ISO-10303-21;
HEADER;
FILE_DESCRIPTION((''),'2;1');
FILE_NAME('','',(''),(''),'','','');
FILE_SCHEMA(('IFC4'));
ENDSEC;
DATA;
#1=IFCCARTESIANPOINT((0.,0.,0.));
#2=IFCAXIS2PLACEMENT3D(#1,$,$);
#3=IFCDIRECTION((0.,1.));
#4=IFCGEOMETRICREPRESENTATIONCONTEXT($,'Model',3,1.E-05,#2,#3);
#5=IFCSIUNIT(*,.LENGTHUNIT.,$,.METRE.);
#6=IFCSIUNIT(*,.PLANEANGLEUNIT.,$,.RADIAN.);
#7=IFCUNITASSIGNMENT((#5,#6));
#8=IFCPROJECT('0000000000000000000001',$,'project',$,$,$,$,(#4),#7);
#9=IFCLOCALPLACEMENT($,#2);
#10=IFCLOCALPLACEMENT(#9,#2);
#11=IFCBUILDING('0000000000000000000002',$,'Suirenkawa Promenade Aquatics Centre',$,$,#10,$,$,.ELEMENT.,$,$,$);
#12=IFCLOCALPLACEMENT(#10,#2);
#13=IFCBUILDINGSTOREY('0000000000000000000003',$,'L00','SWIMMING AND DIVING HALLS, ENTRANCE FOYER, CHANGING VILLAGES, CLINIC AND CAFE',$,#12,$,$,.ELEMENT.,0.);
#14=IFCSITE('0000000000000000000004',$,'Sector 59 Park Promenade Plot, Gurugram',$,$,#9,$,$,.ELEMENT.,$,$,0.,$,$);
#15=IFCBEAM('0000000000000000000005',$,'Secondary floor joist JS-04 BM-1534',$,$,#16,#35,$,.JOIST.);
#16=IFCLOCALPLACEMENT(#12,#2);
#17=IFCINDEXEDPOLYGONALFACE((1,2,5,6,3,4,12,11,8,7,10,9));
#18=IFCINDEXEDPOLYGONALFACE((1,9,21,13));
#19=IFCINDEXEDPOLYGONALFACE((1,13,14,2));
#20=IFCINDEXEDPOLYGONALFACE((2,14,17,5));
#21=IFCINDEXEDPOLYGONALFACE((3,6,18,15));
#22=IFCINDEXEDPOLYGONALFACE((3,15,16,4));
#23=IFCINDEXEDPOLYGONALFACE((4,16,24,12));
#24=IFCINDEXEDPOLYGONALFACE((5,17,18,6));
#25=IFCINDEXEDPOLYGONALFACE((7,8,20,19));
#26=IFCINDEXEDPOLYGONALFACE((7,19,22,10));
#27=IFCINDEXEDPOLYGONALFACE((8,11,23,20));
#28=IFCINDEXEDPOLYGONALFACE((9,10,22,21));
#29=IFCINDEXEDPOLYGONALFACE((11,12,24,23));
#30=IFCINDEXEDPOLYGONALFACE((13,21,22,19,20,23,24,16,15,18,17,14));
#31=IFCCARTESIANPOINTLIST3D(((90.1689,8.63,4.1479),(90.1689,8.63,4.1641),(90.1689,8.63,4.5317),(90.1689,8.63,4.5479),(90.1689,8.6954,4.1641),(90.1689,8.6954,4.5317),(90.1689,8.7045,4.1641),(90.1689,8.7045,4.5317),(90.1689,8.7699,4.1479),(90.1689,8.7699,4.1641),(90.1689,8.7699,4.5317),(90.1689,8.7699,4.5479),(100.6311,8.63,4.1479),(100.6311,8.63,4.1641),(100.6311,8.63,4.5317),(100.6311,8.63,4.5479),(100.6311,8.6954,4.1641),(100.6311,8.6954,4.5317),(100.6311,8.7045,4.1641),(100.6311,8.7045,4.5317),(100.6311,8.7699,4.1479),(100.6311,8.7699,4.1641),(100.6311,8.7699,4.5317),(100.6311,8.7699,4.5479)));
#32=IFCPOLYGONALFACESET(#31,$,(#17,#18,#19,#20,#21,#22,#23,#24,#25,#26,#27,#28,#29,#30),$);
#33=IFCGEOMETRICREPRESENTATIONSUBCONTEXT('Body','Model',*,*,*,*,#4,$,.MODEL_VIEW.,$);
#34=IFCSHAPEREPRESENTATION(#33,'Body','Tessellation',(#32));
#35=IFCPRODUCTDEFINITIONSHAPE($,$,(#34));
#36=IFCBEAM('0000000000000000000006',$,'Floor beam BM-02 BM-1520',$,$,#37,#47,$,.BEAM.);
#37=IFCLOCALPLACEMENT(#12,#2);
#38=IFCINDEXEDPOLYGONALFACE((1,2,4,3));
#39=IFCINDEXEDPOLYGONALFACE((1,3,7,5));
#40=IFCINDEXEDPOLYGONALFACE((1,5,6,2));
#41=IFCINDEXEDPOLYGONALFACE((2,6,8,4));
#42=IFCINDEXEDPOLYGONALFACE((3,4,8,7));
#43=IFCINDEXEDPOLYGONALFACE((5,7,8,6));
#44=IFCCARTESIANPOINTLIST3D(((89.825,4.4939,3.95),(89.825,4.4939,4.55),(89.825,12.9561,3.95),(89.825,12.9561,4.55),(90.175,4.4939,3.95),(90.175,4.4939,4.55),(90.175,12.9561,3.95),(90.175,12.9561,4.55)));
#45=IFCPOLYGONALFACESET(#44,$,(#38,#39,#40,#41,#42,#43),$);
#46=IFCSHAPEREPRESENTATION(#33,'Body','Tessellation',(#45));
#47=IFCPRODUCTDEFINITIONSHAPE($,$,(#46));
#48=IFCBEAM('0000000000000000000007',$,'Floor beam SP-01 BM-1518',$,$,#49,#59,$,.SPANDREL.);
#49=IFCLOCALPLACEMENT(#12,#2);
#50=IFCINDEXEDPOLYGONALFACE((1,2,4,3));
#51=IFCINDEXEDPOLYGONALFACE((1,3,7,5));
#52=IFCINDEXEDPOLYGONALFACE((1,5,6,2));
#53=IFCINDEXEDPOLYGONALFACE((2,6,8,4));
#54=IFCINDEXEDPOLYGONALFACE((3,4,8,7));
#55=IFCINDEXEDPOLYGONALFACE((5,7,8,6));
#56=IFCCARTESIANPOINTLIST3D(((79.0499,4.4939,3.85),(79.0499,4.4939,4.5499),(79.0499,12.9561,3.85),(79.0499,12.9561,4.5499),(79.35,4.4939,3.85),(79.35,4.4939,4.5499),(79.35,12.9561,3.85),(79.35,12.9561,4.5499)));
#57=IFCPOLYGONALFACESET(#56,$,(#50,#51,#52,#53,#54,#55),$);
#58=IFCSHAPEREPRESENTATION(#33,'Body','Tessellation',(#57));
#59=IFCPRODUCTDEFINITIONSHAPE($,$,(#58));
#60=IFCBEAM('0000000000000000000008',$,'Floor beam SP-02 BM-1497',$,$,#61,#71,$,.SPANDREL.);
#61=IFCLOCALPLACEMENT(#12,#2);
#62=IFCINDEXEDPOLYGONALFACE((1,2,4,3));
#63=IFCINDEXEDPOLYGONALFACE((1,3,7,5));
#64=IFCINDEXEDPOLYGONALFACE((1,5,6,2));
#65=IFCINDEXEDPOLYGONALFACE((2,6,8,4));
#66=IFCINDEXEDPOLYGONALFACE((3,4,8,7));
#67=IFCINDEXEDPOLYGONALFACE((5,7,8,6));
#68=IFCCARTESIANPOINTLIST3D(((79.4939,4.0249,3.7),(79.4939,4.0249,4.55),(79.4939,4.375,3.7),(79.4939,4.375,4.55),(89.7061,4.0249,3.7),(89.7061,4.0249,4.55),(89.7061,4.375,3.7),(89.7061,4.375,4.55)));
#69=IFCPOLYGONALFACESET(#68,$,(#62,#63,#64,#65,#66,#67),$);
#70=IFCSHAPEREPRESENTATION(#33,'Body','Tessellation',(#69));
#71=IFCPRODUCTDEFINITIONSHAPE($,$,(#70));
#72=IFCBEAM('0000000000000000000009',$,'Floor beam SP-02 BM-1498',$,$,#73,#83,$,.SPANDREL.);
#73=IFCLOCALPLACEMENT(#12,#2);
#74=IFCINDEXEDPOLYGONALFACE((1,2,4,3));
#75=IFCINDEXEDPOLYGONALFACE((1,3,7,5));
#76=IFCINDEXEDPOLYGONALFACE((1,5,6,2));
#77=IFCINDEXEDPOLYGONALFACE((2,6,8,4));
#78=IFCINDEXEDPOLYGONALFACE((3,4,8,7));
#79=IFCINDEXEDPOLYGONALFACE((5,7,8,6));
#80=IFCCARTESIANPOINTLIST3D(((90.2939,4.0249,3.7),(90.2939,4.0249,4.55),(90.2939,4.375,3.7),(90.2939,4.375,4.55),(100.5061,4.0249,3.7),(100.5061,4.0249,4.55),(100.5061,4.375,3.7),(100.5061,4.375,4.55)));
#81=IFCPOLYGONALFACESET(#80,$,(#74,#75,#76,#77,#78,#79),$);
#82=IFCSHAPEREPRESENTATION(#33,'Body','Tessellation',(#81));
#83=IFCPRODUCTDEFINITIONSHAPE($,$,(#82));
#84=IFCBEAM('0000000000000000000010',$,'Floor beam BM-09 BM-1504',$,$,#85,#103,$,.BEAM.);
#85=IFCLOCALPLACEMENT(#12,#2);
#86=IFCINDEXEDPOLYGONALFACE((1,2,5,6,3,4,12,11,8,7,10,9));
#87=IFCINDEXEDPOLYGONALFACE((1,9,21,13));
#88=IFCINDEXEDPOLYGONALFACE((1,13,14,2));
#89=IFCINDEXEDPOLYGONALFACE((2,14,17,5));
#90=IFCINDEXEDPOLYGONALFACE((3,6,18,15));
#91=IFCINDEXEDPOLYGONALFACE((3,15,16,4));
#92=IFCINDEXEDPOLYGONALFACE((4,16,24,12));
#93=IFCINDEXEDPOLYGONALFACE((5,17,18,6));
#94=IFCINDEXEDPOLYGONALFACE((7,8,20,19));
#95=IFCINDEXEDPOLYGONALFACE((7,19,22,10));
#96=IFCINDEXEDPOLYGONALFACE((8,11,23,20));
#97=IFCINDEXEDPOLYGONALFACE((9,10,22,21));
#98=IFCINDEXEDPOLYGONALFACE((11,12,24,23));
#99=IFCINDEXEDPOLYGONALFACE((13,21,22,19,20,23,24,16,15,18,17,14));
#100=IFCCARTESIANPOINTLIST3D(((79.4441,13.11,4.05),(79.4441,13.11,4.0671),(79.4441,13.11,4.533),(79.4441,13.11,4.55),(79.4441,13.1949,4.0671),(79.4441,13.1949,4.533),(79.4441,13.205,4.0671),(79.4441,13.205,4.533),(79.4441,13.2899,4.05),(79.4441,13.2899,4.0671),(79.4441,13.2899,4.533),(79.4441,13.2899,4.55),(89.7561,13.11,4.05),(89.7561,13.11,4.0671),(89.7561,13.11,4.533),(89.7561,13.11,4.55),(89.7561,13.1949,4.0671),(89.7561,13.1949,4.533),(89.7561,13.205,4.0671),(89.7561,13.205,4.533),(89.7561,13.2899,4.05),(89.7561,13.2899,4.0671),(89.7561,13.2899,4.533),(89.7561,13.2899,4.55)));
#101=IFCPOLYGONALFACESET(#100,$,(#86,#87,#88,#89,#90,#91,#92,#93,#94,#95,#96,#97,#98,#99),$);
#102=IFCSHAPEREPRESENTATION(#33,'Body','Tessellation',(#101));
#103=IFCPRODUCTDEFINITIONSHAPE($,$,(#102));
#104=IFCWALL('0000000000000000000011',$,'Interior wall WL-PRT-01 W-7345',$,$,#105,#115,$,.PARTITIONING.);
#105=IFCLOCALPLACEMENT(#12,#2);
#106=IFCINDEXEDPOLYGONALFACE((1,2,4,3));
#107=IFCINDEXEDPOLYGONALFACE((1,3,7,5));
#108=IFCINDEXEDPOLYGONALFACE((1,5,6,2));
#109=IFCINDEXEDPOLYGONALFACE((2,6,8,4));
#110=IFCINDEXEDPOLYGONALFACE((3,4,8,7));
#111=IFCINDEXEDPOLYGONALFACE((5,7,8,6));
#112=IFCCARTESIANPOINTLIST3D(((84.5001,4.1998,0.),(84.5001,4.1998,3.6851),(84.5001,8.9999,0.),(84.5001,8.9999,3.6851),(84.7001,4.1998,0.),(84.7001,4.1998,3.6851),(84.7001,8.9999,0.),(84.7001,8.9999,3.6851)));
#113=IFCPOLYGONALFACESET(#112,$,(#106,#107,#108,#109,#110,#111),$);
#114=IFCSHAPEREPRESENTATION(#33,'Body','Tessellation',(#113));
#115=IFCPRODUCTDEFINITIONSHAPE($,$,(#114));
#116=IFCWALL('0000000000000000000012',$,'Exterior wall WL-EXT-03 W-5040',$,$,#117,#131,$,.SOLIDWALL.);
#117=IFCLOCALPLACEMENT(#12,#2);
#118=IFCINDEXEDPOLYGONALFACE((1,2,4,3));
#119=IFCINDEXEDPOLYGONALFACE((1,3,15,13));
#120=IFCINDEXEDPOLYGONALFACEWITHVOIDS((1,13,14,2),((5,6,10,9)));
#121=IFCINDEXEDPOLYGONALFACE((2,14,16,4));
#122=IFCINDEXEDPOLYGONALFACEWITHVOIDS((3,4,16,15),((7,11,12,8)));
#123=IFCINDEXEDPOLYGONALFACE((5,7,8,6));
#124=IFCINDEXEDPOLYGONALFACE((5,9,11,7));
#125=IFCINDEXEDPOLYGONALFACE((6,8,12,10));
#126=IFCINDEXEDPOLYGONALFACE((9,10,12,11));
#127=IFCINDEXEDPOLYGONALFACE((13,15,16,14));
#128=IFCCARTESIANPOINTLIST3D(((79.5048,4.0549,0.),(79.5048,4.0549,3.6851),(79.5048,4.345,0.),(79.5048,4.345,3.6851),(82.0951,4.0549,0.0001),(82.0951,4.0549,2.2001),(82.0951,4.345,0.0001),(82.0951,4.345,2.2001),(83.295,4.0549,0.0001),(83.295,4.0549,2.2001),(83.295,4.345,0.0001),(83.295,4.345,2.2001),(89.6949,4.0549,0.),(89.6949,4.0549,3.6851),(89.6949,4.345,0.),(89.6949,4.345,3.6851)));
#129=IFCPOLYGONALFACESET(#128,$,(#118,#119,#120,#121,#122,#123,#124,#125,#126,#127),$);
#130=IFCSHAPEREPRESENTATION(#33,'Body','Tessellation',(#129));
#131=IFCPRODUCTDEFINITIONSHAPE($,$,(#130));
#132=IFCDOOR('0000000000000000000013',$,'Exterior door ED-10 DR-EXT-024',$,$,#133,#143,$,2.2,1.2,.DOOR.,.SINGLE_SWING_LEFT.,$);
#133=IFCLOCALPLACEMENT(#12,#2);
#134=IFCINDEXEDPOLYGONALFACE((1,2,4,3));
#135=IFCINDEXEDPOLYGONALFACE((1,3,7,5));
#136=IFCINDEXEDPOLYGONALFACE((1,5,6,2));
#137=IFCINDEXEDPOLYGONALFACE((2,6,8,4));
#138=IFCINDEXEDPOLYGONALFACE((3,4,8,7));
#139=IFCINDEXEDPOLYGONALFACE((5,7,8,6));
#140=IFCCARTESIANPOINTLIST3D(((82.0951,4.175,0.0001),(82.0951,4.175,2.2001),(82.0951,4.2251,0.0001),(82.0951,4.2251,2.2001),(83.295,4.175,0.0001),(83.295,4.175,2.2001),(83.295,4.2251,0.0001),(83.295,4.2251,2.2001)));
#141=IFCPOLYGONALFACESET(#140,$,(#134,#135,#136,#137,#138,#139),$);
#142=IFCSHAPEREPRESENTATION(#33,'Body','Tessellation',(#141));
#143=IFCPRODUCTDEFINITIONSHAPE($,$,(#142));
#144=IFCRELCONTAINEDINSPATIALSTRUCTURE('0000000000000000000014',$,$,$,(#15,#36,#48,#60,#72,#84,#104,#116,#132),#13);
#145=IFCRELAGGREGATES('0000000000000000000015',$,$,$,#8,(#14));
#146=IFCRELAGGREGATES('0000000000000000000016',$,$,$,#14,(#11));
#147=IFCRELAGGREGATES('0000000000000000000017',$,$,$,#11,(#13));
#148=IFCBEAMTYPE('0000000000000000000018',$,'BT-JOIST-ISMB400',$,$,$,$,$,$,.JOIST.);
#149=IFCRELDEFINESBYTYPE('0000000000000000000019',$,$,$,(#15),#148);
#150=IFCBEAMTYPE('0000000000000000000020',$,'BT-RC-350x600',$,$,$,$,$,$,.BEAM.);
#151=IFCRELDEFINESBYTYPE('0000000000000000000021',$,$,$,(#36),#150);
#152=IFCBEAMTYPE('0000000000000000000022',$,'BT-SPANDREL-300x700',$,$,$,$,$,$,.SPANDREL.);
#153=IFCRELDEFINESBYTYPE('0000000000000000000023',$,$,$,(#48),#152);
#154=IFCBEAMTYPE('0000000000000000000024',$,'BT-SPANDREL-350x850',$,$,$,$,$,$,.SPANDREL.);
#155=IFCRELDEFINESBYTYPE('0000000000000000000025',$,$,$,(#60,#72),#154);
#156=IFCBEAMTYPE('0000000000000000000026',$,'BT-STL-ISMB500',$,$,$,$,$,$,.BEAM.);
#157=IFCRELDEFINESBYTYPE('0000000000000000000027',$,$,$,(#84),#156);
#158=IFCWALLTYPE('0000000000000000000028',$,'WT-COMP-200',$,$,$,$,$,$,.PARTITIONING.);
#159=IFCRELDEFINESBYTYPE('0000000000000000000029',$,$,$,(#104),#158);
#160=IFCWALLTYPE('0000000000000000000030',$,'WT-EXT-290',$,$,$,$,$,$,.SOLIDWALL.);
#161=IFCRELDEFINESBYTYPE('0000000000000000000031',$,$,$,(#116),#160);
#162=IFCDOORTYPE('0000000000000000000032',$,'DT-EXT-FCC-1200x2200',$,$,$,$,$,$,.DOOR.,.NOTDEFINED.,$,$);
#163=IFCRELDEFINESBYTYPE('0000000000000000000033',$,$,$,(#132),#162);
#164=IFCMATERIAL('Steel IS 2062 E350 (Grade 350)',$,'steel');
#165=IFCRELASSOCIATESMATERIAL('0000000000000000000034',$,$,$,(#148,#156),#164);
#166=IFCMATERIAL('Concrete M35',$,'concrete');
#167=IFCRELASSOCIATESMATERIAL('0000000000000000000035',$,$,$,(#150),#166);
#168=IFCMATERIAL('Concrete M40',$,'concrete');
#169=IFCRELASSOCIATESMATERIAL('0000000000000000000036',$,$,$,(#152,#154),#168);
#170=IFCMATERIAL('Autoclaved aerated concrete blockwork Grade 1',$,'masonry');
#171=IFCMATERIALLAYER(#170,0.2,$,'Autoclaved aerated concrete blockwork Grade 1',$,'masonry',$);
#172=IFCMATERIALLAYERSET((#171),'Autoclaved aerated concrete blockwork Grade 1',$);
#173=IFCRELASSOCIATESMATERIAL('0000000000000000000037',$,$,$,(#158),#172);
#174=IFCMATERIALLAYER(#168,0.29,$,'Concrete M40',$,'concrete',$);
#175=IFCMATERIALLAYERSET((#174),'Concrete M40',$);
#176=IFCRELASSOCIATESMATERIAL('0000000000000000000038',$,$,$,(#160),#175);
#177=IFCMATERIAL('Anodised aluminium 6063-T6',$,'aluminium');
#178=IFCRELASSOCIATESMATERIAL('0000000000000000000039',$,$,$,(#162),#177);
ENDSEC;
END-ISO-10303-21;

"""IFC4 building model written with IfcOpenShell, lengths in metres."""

from ifc_helpers import new_model, si_unit, direction, frame, frame_2d, origin, origin_2d, place, context, subcontext, project, spatial, rectangle, i_section, extrude, material, layer, layer_set, material_profile, profile_set, type_object, element, fill, save


model = new_model("IFC4")

# Units and contexts
model_context = context("Model", 3, precision=1e-05, world=origin(), true_north=direction((0.0, 1.0)))
body_context = subcontext(model_context, "Body", "Model", "MODEL_VIEW")
ifc_project = project(units=[si_unit("LENGTHUNIT", "METRE"), si_unit("PLANEANGLEUNIT", "RADIAN")], contexts=[model_context])

# Site, building, storey
site_placement = place(None, origin())
site = spatial("IfcSite", under=ifc_project, at=site_placement, Name="Sector 59 Park Promenade Plot, Gurugram", CompositionType="ELEMENT", RefElevation=0.0)
building_placement = place(site_placement, origin())
building = spatial("IfcBuilding", under=site, at=building_placement, Name="Suirenkawa Promenade Aquatics Centre", CompositionType="ELEMENT")
storey_placement = place(building_placement, origin())
storey = spatial("IfcBuildingStorey", under=building, at=storey_placement, Name="L00", Description="SWIMMING AND DIVING HALLS, ENTRANCE FOYER, CHANGING VILLAGES, CLINIC AND CAFE", CompositionType="ELEMENT", Elevation=0.0)

# Shared definitions
ifc_material_1 = material(Name="Concrete M40", Category="concrete")

# Beams
ifc_material_2 = material(Name="Steel IS 2062 E350 (Grade 350)", Category="steel")
ifc_material_profile_1 = material_profile(ifc_material_2, i_section(OverallWidth=0.1399, OverallDepth=0.3999, WebThickness=0.009, FlangeThickness=0.0161, at=origin_2d()), Name="ISMB 400", Category="steel")
ifc_profile_set_1 = profile_set([ifc_material_profile_1], Name="Steel IS 2062 E350 (Grade 350)")
beam_type_1 = type_object("IfcBeamType", Name="BT-JOIST-ISMB400", PredefinedType="JOIST", material=ifc_profile_set_1)
beam_1_placement = place(storey_placement, frame((90.1689, 8.7, 4.3479), z_axis=(1.0, 0.0, 0.0), x_axis=(0.0, 1.0, 0.0)))
element("IfcBeam", 1, at=beam_1_placement, inside=storey, type_object=beam_type_1, Name="Secondary floor joist JS-04 BM-1534", PredefinedType="JOIST", context=body_context, shape_type="SweptSolid", body=[
    extrude(i_section(OverallWidth=0.1399, OverallDepth=0.3999, WebThickness=0.009, FlangeThickness=0.0161, at=origin_2d()), origin(), (0.0, 0.0, 1.0), 10.4622),
])
ifc_material_3 = material(Name="Concrete M35", Category="concrete")
ifc_material_profile_2 = material_profile(ifc_material_3, rectangle(XDim=0.3501, YDim=0.6001, at=origin_2d()), Name="RC BM 350x600", Category="concrete")
ifc_profile_set_2 = profile_set([ifc_material_profile_2], Name="Concrete M35")
beam_type_2 = type_object("IfcBeamType", Name="BT-RC-350x600", PredefinedType="BEAM", material=ifc_profile_set_2)
beam_2_placement = place(storey_placement, frame((90.0, 4.4939, 4.25), z_axis=(0.0, 1.0, 0.0), x_axis=(-1.0, 0.0, 0.0)))
element("IfcBeam", 2, at=beam_2_placement, inside=storey, type_object=beam_type_2, Name="Floor beam BM-02 BM-1520", PredefinedType="BEAM", context=body_context, shape_type="SweptSolid", body=[
    extrude(rectangle(XDim=0.3501, YDim=0.6001, at=origin_2d()), origin(), (0.0, 0.0, 1.0), 8.4622),
])
ifc_material_profile_3 = material_profile(ifc_material_1, rectangle(XDim=0.3, YDim=0.7, at=origin_2d()), Name="RC SPANDREL 300x700", Category="concrete")
ifc_profile_set_3 = profile_set([ifc_material_profile_3], Name="Concrete M40")
beam_type_3 = type_object("IfcBeamType", Name="BT-SPANDREL-300x700", PredefinedType="SPANDREL", material=ifc_profile_set_3)
beam_3_placement = place(storey_placement, frame((79.2, 4.4939, 4.2), z_axis=(0.0, 1.0, 0.0), x_axis=(-1.0, 0.0, 0.0)))
element("IfcBeam", 3, at=beam_3_placement, inside=storey, type_object=beam_type_3, Name="Floor beam SP-01 BM-1518", PredefinedType="SPANDREL", context=body_context, shape_type="SweptSolid", body=[
    extrude(rectangle(XDim=0.3, YDim=0.7, at=origin_2d()), origin(), (0.0, 0.0, 1.0), 8.4622),
])
ifc_material_profile_4 = material_profile(ifc_material_1, rectangle(XDim=0.3501, YDim=0.8501, at=origin_2d()), Name="RC SPANDREL 350x850", Category="concrete")
ifc_profile_set_4 = profile_set([ifc_material_profile_4], Name="Concrete M40")
beam_type_4 = type_object("IfcBeamType", Name="BT-SPANDREL-350x850", PredefinedType="SPANDREL", material=ifc_profile_set_4)
for number, where, z_axis, x_axis, name in (
    (4, (79.4939, 4.2, 4.125), (1.0, 0.0, 0.0), (0.0, 1.0, 0.0), "Floor beam SP-02 BM-1497"),
    (5, (90.2939, 4.2, 4.125), (1.0, 0.0, 0.0), (0.0, 1.0, 0.0), "Floor beam SP-02 BM-1498"),
):
    element("IfcBeam", number, at=place(storey_placement, frame(where, z_axis=z_axis, x_axis=x_axis)), inside=storey, type_object=beam_type_4, Name=name, PredefinedType="SPANDREL", context=body_context, shape_type="SweptSolid", body=[
        extrude(rectangle(XDim=0.3501, YDim=0.8501, at=origin_2d()), origin(), (0.0, 0.0, 1.0), 10.2122),
    ])
ifc_material_profile_5 = material_profile(ifc_material_2, i_section(OverallWidth=0.1799, OverallDepth=0.5, WebThickness=0.01, FlangeThickness=0.0171, at=origin_2d()), Name="ISMB 500", Category="steel")
ifc_profile_set_5 = profile_set([ifc_material_profile_5], Name="Steel IS 2062 E350 (Grade 350)")
beam_type_5 = type_object("IfcBeamType", Name="BT-STL-ISMB500", PredefinedType="BEAM", material=ifc_profile_set_5)
beam_4_placement = place(storey_placement, frame((79.4441, 13.2, 4.3), z_axis=(1.0, 0.0, 0.0), x_axis=(0.0, 1.0, 0.0)))
element("IfcBeam", 6, at=beam_4_placement, inside=storey, type_object=beam_type_5, Name="Floor beam BM-09 BM-1504", PredefinedType="BEAM", context=body_context, shape_type="SweptSolid", body=[
    extrude(i_section(OverallWidth=0.1799, OverallDepth=0.5, WebThickness=0.01, FlangeThickness=0.0171, at=origin_2d()), origin(), (0.0, 0.0, 1.0), 10.312),
])

# Shared definitions
ifc_material_4 = material(Name="Autoclaved aerated concrete blockwork Grade 1", Category="masonry")
ifc_layer_1 = layer(ifc_material_4, 0.2, Name="Autoclaved aerated concrete blockwork Grade 1", Category="masonry")
ifc_layer_set_1 = layer_set([ifc_layer_1], Name="Autoclaved aerated concrete blockwork Grade 1")
wall_type_1 = type_object("IfcWallType", Name="WT-COMP-200", PredefinedType="PARTITIONING", material=ifc_layer_set_1)

# Wall
wall_1_placement = place(storey_placement, frame((84.6001, 4.2, 0.0), z_axis=(0.0, 0.0, 1.0), x_axis=(0.0, 1.0, 0.0)))
element("IfcWall", 7, at=wall_1_placement, inside=storey, type_object=wall_type_1, Name="Interior wall WL-PRT-01 W-7345", PredefinedType="PARTITIONING", context=body_context, shape_type="SweptSolid", body=[
    extrude(rectangle(XDim=4.8, YDim=0.2, at=frame_2d((2.3999, 0.0))), origin(), (0.0, 0.0, 1.0), 3.6851),
])

# Wall, opening, door
ifc_layer_2 = layer(ifc_material_1, 0.29, Name="Concrete M40", Category="concrete")
ifc_layer_set_2 = layer_set([ifc_layer_2], Name="Concrete M40")
wall_type_2 = type_object("IfcWallType", Name="WT-EXT-290", PredefinedType="SOLIDWALL", material=ifc_layer_set_2)
wall_2_placement = place(storey_placement, frame((89.6951, 4.2, 0.0), z_axis=(0.0, 0.0, 1.0), x_axis=(-1.0, 0.0, 0.0)))
wall_2 = element("IfcWall", 8, at=wall_2_placement, inside=storey, type_object=wall_type_2, Name="Exterior wall WL-EXT-03 W-5040", PredefinedType="SOLIDWALL", context=body_context, shape_type="SweptSolid", body=[
    extrude(rectangle(XDim=10.1902, YDim=0.29, at=frame_2d((5.0952, 0.0))), origin(), (0.0, 0.0, 1.0), 3.6851),
])
opening_1_placement = place(wall_2_placement, frame((6.3999, 0.0, 0.0)))
opening_1 = element("IfcOpeningElement", 9, at=opening_1_placement, cuts=wall_2, PredefinedType="OPENING", context=body_context, shape_type="SweptSolid", body=[
    extrude(rectangle(XDim=1.2, YDim=2.2, at=frame_2d((0.6001, 1.1001))), frame((0.0, 0.155, 0.0), z_axis=(0.0, -1.0, 0.0), x_axis=(1.0, 0.0, 0.0)), (0.0, 0.0, 1.0), 0.3101),
])
ifc_material_5 = material(Name="Anodised aluminium 6063-T6", Category="aluminium")
door_type_1 = type_object("IfcDoorType", Name="DT-EXT-FCC-1200x2200", OperationType="NOTDEFINED", PredefinedType="DOOR", material=ifc_material_5)
door_1_placement = place(opening_1_placement, origin())
door_1 = element("IfcDoor", 10, at=door_1_placement, inside=storey, type_object=door_type_1, Name="Exterior door ED-10 DR-EXT-024", OperationType="SINGLE_SWING_LEFT", OverallHeight=2.2, OverallWidth=1.2, PredefinedType="DOOR", context=body_context, shape_type="SweptSolid", body=[
    extrude(rectangle(XDim=1.2, YDim=2.2, at=frame_2d((0.6001, 1.1001))), frame((0.0, 0.0249, 0.0), z_axis=(0.0, -1.0, 0.0), x_axis=(1.0, 0.0, 0.0)), (0.0, 0.0, 1.0), 0.05),
])
fill(opening_1, door_1)

save(model, "model.ifc")
